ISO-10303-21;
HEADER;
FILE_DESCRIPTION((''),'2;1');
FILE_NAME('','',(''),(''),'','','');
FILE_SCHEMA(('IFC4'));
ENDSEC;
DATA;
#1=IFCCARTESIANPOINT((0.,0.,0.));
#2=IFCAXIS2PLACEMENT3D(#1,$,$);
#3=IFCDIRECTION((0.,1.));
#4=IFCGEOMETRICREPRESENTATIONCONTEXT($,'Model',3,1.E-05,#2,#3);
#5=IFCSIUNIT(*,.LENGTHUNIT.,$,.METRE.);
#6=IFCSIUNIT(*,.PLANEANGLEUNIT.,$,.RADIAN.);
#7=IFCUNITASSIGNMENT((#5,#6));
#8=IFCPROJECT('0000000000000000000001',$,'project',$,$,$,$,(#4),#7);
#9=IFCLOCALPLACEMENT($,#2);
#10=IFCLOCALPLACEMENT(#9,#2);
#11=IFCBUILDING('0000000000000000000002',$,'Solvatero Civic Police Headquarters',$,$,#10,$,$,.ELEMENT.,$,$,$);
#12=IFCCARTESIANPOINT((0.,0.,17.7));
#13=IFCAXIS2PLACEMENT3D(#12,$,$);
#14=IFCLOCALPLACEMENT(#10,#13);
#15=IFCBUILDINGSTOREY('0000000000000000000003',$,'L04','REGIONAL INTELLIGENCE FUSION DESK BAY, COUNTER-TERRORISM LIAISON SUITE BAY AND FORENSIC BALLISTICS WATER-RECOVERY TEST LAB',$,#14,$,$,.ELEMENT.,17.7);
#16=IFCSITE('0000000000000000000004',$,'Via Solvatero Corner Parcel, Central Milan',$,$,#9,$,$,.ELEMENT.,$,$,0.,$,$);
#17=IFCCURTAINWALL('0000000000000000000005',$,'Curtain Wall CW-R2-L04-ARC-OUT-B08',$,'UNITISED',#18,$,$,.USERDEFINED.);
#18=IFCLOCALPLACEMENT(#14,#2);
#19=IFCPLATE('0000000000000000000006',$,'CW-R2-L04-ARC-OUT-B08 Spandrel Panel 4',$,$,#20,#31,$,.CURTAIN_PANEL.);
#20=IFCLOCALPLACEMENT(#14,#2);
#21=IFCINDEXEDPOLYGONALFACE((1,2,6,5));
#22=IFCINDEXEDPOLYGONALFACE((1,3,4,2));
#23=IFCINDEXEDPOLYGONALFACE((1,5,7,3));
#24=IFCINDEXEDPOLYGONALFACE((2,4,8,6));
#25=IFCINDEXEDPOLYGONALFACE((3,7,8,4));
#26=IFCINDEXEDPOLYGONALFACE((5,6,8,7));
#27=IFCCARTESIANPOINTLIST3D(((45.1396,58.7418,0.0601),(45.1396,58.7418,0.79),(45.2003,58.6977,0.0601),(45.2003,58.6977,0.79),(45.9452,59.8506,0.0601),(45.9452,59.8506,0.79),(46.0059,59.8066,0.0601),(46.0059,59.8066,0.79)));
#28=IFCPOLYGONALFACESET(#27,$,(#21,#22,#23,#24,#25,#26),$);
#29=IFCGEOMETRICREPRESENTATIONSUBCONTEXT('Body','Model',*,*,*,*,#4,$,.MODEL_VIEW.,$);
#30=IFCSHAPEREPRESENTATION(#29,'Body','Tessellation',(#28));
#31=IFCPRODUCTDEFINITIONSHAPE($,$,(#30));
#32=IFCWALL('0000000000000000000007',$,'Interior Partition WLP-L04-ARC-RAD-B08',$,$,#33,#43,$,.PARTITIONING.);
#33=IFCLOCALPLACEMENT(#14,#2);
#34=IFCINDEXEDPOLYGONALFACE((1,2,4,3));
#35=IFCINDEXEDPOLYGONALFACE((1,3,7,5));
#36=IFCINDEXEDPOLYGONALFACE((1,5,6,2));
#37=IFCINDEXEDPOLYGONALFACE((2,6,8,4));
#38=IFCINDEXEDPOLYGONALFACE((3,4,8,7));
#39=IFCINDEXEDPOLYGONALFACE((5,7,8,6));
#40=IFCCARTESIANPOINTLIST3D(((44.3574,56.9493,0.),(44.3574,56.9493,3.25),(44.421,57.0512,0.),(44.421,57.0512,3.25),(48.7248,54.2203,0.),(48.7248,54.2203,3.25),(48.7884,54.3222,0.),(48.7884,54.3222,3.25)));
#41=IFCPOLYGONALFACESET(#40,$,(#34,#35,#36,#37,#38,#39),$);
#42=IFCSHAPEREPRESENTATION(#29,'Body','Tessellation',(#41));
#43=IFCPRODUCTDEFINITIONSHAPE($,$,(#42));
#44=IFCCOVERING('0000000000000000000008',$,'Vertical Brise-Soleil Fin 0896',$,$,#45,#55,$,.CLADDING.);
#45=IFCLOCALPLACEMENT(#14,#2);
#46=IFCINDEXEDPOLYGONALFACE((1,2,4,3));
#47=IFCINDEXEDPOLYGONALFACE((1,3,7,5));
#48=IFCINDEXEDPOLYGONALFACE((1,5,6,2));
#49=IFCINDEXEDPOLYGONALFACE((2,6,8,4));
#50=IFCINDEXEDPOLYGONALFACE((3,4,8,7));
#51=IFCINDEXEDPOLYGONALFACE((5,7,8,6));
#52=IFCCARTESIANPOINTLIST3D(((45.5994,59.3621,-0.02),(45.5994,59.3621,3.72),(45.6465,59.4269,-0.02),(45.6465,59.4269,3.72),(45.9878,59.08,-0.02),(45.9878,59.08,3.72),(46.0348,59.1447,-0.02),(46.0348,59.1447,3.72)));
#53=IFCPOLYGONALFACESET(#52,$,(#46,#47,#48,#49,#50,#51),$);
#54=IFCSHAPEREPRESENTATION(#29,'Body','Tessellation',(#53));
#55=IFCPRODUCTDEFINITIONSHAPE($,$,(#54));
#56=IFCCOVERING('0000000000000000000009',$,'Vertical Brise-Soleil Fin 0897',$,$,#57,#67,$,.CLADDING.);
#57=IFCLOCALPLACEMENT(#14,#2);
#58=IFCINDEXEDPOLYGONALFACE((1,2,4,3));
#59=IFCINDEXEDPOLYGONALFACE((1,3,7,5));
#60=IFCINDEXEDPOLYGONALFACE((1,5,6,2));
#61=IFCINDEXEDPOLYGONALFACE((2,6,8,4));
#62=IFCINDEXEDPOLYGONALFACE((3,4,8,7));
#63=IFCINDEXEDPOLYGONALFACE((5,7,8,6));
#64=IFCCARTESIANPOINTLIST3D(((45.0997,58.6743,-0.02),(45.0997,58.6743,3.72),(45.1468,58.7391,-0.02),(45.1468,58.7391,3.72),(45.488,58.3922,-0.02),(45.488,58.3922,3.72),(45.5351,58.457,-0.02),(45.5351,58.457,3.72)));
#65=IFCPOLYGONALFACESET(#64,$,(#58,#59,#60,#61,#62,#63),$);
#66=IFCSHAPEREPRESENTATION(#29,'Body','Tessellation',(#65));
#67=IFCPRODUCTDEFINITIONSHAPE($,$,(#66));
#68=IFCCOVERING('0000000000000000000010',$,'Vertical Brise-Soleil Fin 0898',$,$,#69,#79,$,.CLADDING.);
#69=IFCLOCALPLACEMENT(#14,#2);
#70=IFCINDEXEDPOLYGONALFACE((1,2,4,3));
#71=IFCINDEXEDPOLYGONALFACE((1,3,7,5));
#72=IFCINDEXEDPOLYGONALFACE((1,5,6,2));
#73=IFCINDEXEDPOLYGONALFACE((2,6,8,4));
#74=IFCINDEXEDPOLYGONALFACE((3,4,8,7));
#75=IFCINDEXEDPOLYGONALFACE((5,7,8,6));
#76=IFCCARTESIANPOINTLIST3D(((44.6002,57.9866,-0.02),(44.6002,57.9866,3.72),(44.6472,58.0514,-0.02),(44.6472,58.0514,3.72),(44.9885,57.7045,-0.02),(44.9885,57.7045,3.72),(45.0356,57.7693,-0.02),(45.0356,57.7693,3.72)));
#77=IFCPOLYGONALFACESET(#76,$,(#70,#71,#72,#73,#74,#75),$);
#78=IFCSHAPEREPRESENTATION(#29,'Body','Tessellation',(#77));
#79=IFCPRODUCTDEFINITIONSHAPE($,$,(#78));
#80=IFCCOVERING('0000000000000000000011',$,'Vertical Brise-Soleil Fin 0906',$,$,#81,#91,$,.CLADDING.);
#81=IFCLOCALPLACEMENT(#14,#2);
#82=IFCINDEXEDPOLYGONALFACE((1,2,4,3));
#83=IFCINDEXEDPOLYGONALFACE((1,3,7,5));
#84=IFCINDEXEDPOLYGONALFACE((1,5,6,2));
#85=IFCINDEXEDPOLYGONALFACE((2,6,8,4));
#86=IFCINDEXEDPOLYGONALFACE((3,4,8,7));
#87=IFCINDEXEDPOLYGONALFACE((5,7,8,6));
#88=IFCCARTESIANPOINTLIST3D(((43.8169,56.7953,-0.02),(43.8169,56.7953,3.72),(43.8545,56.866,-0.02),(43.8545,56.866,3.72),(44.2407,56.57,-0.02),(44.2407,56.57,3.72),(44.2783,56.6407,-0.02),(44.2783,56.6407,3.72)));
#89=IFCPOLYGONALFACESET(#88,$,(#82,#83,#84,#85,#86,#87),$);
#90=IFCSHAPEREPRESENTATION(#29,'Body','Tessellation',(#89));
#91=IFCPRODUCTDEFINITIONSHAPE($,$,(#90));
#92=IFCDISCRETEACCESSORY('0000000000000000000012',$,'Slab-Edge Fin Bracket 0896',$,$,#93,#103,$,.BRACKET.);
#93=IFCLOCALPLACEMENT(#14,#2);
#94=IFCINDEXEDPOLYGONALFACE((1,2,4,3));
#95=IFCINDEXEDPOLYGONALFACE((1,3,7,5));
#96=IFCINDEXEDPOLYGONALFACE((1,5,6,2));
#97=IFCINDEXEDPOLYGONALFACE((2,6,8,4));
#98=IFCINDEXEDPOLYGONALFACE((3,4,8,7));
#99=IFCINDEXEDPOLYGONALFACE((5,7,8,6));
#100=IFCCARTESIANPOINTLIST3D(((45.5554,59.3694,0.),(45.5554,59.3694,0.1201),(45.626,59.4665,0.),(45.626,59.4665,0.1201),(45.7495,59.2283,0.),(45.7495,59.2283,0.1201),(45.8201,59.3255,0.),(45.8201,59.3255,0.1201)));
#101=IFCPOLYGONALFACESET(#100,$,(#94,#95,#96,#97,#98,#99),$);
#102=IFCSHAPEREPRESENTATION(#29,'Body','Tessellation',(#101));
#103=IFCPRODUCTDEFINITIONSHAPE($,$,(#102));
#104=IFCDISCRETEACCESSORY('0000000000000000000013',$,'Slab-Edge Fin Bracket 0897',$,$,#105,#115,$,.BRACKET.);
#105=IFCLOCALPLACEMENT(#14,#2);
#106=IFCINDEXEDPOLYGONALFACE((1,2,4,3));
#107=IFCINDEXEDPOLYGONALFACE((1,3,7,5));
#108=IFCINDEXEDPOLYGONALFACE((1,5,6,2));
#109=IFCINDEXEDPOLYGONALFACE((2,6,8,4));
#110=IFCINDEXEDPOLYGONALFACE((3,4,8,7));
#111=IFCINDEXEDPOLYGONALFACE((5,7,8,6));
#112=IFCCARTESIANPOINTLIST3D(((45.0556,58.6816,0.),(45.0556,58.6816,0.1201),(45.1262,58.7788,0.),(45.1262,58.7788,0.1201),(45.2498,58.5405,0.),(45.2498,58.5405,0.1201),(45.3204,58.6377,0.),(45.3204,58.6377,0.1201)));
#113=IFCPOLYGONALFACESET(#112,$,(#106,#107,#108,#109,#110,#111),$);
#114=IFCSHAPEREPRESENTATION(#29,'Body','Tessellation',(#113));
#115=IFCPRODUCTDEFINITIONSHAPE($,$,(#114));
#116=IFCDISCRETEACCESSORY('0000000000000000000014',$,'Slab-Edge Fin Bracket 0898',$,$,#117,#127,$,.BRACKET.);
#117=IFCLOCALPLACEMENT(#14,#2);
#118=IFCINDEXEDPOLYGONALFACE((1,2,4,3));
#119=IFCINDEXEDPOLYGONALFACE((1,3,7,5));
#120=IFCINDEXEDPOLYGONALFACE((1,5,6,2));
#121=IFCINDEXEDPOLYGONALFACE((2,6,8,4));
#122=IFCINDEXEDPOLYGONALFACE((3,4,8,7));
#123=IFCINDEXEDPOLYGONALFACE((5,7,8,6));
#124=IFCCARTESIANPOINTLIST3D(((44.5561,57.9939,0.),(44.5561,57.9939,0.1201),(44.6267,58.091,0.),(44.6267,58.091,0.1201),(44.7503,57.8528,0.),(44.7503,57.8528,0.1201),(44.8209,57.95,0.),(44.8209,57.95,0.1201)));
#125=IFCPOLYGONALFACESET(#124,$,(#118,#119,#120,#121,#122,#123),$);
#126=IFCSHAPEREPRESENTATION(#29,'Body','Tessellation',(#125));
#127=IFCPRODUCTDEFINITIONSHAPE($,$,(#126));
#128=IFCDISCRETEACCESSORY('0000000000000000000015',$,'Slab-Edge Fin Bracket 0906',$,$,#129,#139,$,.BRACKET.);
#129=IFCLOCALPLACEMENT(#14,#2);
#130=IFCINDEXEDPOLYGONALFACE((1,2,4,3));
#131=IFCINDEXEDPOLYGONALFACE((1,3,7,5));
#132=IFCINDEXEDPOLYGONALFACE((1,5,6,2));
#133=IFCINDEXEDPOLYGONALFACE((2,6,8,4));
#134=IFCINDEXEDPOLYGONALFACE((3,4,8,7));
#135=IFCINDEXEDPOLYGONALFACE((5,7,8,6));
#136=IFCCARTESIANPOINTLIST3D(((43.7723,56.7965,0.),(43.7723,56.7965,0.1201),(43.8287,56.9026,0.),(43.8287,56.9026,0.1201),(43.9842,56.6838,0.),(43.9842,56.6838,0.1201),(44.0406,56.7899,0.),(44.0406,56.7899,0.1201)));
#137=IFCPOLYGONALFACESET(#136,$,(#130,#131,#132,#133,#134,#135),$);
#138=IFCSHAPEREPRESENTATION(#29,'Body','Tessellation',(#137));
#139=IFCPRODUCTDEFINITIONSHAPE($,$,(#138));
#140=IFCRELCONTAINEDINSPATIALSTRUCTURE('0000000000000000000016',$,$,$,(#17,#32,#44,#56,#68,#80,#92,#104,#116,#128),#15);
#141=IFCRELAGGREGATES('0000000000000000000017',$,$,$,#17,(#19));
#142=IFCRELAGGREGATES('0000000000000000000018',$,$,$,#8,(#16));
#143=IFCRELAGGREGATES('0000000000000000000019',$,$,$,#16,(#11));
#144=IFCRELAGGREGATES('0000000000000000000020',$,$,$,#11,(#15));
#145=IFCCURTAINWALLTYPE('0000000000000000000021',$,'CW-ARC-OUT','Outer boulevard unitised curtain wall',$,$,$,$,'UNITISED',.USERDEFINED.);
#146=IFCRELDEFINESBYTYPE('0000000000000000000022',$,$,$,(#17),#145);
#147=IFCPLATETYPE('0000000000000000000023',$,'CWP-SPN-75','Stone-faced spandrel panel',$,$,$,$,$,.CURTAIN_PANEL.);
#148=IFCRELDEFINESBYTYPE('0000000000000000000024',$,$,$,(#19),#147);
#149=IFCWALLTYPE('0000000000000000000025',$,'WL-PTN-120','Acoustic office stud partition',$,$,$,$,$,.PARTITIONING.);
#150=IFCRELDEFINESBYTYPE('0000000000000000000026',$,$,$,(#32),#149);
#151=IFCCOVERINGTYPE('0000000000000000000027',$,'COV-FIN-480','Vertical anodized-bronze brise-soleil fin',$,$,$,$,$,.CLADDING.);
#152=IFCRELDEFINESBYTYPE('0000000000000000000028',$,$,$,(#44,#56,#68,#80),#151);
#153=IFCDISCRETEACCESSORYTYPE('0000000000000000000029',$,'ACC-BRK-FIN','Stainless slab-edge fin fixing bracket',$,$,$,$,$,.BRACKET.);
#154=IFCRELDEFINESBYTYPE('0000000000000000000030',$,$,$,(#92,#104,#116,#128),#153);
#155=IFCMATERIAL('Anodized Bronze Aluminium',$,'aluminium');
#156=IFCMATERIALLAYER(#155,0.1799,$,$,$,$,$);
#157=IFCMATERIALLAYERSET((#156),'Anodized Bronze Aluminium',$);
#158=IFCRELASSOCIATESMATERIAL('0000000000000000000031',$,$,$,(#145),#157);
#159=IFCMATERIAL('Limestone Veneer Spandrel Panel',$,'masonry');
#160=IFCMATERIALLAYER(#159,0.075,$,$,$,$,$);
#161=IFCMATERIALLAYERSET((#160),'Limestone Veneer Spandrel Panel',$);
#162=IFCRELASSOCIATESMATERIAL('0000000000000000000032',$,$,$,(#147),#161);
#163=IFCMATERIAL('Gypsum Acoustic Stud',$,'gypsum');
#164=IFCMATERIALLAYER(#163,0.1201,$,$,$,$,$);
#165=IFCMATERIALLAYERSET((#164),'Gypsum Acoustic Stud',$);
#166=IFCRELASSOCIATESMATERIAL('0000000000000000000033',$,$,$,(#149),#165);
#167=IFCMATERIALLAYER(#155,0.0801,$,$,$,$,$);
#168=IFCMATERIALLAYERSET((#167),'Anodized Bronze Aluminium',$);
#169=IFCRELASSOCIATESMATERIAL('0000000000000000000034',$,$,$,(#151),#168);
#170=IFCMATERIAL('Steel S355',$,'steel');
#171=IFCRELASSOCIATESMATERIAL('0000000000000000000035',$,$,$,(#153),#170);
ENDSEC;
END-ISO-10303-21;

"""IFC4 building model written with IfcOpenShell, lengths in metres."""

from ifc_helpers import new_model, si_unit, direction, frame, frame_2d, origin, origin_2d, place, context, subcontext, project, spatial, rectangle, extrude, material, layer, layer_set, type_object, element, aggregate, save


model = new_model("IFC4")

# Units and contexts
model_context = context("Model", 3, precision=1e-05, world=origin(), true_north=direction((0.0, 1.0)))
body_context = subcontext(model_context, "Body", "Model", "MODEL_VIEW")
ifc_project = project(units=[si_unit("LENGTHUNIT", "METRE"), si_unit("PLANEANGLEUNIT", "RADIAN")], contexts=[model_context])

# Site, building, storey
site_placement = place(None, origin())
site = spatial("IfcSite", under=ifc_project, at=site_placement, Name="Via Solvatero Corner Parcel, Central Milan", CompositionType="ELEMENT", RefElevation=0.0)
building_placement = place(site_placement, origin())
building = spatial("IfcBuilding", under=site, at=building_placement, Name="Solvatero Civic Police Headquarters", CompositionType="ELEMENT")
storey_placement = place(building_placement, frame((0.0, 0.0, 17.7)))
storey = spatial("IfcBuildingStorey", under=building, at=storey_placement, Name="L04", Description="REGIONAL INTELLIGENCE FUSION DESK BAY, COUNTER-TERRORISM LIAISON SUITE BAY AND FORENSIC BALLISTICS WATER-RECOVERY TEST LAB", CompositionType="ELEMENT", Elevation=17.7)

# Shared definitions
ifc_material_1 = material(Name="Steel S355", Category="steel")

# Curtain wall
ifc_material_2 = material(Name="Anodized Bronze Aluminium", Category="aluminium")
ifc_layer_1 = layer(ifc_material_2, 0.1799)
ifc_layer_set_1 = layer_set([ifc_layer_1], Name="Anodized Bronze Aluminium")
curtain_wall_type = type_object("IfcCurtainWallType", Name="CW-ARC-OUT", Description="Outer boulevard unitised curtain wall", ElementType="UNITISED", PredefinedType="USERDEFINED", material=ifc_layer_set_1)
curtain_wall_1_placement = place(storey_placement, origin())
curtain_wall_1 = element("IfcCurtainWall", 1, at=curtain_wall_1_placement, inside=storey, type_object=curtain_wall_type, Name="Curtain Wall CW-R2-L04-ARC-OUT-B08", ObjectType="UNITISED", PredefinedType="USERDEFINED")

# Plate
ifc_material_3 = material(Name="Limestone Veneer Spandrel Panel", Category="masonry")
ifc_layer_2 = layer(ifc_material_3, 0.075)
ifc_layer_set_2 = layer_set([ifc_layer_2], Name="Limestone Veneer Spandrel Panel")
plate_type_1 = type_object("IfcPlateType", Name="CWP-SPN-75", Description="Stone-faced spandrel panel", PredefinedType="CURTAIN_PANEL", material=ifc_layer_set_2)
plate_1_placement = place(storey_placement, frame((45.5728, 59.2742, 0.0601), z_axis=(0.0, 0.0, 1.0), x_axis=(-0.587785, -0.809017, 0.0)))
plate_1 = element("IfcPlate", 2, at=plate_1_placement, type_object=plate_type_1, Name="CW-R2-L04-ARC-OUT-B08 Spandrel Panel 4", PredefinedType="CURTAIN_PANEL", context=body_context, shape_type="SweptSolid", body=[
    extrude(rectangle(XDim=1.3706, YDim=0.075, at=origin_2d()), origin(), (0.0, 0.0, 1.0), 0.73),
])
aggregate(curtain_wall_1, [plate_1])

# Wall
ifc_material_4 = material(Name="Gypsum Acoustic Stud", Category="gypsum")
ifc_layer_3 = layer(ifc_material_4, 0.1201)
ifc_layer_set_3 = layer_set([ifc_layer_3], Name="Gypsum Acoustic Stud")
wall_type_1 = type_object("IfcWallType", Name="WL-PTN-120", Description="Acoustic office stud partition", PredefinedType="PARTITIONING", material=ifc_layer_set_3)
wall_1_placement = place(storey_placement, frame((48.7566, 54.2712, 0.0), z_axis=(0.0, 0.0, 1.0), x_axis=(-0.848054, 0.529909, 0.0)))
element("IfcWall", 3, at=wall_1_placement, inside=storey, type_object=wall_type_1, Name="Interior Partition WLP-L04-ARC-RAD-B08", PredefinedType="PARTITIONING", context=body_context, shape_type="SweptSolid", body=[
    extrude(rectangle(XDim=5.1499, YDim=0.1201, at=frame_2d((2.575, 0.0))), origin(), (0.0, 0.0, 1.0), 3.25),
])

# Coverings
ifc_layer_4 = layer(ifc_material_2, 0.0801)
ifc_layer_set_4 = layer_set([ifc_layer_4], Name="Anodized Bronze Aluminium")
covering_type = type_object("IfcCoveringType", Name="COV-FIN-480", Description="Vertical anodized-bronze brise-soleil fin", PredefinedType="CLADDING", material=ifc_layer_set_4)
for number, where, z_axis, x_axis, name in (
    (4, (45.8171, 59.2534, -0.02), (0.0, 0.0, 1.0), (-0.587785, -0.809017, 0.0), "Vertical Brise-Soleil Fin 0896"),
    (5, (45.3174, 58.5657, -0.02), (0.0, 0.0, 1.0), (-0.587785, -0.809017, 0.0), "Vertical Brise-Soleil Fin 0897"),
    (6, (44.8179, 57.8779, -0.02), (0.0, 0.0, 1.0), (-0.587785, -0.809017, 0.0), "Vertical Brise-Soleil Fin 0898"),
    (7, (44.0476, 56.718, -0.02), (0.0, 0.0, 1.0), (-0.469487, -0.882939, 0.0), "Vertical Brise-Soleil Fin 0906"),
):
    element("IfcCovering", number, at=place(storey_placement, frame(where, z_axis=z_axis, x_axis=x_axis)), inside=storey, type_object=covering_type, Name=name, PredefinedType="CLADDING", context=body_context, shape_type="SweptSolid", body=[
        extrude(rectangle(XDim=0.0801, YDim=0.48, at=origin_2d()), origin(), (0.0, 0.0, 1.0), 3.74),
    ])

# Discrete accessories
discrete_accessory_type = type_object("IfcDiscreteAccessoryType", Name="ACC-BRK-FIN", Description="Stainless slab-edge fin fixing bracket", PredefinedType="BRACKET", material=ifc_material_1)
for number, where, z_axis, x_axis, name in (
    (8, (45.6877, 59.3474, 0.0), (0.0, 0.0, 1.0), (-0.587785, -0.809017, 0.0), "Slab-Edge Fin Bracket 0896"),
    (9, (45.188, 58.6597, 0.0), (0.0, 0.0, 1.0), (-0.587785, -0.809017, 0.0), "Slab-Edge Fin Bracket 0897"),
    (10, (44.6885, 57.9719, 0.0), (0.0, 0.0, 1.0), (-0.587785, -0.809017, 0.0), "Slab-Edge Fin Bracket 0898"),
    (11, (43.9065, 56.7932, 0.0), (0.0, 0.0, 1.0), (-0.469487, -0.882939, 0.0), "Slab-Edge Fin Bracket 0906"),
):
    element("IfcDiscreteAccessory", number, at=place(storey_placement, frame(where, z_axis=z_axis, x_axis=x_axis)), inside=storey, type_object=discrete_accessory_type, Name=name, PredefinedType="BRACKET", context=body_context, shape_type="SweptSolid", body=[
        extrude(rectangle(XDim=0.1201, YDim=0.24, at=origin_2d()), origin(), (0.0, 0.0, 1.0), 0.1201),
    ])

save(model, "model.ifc")
